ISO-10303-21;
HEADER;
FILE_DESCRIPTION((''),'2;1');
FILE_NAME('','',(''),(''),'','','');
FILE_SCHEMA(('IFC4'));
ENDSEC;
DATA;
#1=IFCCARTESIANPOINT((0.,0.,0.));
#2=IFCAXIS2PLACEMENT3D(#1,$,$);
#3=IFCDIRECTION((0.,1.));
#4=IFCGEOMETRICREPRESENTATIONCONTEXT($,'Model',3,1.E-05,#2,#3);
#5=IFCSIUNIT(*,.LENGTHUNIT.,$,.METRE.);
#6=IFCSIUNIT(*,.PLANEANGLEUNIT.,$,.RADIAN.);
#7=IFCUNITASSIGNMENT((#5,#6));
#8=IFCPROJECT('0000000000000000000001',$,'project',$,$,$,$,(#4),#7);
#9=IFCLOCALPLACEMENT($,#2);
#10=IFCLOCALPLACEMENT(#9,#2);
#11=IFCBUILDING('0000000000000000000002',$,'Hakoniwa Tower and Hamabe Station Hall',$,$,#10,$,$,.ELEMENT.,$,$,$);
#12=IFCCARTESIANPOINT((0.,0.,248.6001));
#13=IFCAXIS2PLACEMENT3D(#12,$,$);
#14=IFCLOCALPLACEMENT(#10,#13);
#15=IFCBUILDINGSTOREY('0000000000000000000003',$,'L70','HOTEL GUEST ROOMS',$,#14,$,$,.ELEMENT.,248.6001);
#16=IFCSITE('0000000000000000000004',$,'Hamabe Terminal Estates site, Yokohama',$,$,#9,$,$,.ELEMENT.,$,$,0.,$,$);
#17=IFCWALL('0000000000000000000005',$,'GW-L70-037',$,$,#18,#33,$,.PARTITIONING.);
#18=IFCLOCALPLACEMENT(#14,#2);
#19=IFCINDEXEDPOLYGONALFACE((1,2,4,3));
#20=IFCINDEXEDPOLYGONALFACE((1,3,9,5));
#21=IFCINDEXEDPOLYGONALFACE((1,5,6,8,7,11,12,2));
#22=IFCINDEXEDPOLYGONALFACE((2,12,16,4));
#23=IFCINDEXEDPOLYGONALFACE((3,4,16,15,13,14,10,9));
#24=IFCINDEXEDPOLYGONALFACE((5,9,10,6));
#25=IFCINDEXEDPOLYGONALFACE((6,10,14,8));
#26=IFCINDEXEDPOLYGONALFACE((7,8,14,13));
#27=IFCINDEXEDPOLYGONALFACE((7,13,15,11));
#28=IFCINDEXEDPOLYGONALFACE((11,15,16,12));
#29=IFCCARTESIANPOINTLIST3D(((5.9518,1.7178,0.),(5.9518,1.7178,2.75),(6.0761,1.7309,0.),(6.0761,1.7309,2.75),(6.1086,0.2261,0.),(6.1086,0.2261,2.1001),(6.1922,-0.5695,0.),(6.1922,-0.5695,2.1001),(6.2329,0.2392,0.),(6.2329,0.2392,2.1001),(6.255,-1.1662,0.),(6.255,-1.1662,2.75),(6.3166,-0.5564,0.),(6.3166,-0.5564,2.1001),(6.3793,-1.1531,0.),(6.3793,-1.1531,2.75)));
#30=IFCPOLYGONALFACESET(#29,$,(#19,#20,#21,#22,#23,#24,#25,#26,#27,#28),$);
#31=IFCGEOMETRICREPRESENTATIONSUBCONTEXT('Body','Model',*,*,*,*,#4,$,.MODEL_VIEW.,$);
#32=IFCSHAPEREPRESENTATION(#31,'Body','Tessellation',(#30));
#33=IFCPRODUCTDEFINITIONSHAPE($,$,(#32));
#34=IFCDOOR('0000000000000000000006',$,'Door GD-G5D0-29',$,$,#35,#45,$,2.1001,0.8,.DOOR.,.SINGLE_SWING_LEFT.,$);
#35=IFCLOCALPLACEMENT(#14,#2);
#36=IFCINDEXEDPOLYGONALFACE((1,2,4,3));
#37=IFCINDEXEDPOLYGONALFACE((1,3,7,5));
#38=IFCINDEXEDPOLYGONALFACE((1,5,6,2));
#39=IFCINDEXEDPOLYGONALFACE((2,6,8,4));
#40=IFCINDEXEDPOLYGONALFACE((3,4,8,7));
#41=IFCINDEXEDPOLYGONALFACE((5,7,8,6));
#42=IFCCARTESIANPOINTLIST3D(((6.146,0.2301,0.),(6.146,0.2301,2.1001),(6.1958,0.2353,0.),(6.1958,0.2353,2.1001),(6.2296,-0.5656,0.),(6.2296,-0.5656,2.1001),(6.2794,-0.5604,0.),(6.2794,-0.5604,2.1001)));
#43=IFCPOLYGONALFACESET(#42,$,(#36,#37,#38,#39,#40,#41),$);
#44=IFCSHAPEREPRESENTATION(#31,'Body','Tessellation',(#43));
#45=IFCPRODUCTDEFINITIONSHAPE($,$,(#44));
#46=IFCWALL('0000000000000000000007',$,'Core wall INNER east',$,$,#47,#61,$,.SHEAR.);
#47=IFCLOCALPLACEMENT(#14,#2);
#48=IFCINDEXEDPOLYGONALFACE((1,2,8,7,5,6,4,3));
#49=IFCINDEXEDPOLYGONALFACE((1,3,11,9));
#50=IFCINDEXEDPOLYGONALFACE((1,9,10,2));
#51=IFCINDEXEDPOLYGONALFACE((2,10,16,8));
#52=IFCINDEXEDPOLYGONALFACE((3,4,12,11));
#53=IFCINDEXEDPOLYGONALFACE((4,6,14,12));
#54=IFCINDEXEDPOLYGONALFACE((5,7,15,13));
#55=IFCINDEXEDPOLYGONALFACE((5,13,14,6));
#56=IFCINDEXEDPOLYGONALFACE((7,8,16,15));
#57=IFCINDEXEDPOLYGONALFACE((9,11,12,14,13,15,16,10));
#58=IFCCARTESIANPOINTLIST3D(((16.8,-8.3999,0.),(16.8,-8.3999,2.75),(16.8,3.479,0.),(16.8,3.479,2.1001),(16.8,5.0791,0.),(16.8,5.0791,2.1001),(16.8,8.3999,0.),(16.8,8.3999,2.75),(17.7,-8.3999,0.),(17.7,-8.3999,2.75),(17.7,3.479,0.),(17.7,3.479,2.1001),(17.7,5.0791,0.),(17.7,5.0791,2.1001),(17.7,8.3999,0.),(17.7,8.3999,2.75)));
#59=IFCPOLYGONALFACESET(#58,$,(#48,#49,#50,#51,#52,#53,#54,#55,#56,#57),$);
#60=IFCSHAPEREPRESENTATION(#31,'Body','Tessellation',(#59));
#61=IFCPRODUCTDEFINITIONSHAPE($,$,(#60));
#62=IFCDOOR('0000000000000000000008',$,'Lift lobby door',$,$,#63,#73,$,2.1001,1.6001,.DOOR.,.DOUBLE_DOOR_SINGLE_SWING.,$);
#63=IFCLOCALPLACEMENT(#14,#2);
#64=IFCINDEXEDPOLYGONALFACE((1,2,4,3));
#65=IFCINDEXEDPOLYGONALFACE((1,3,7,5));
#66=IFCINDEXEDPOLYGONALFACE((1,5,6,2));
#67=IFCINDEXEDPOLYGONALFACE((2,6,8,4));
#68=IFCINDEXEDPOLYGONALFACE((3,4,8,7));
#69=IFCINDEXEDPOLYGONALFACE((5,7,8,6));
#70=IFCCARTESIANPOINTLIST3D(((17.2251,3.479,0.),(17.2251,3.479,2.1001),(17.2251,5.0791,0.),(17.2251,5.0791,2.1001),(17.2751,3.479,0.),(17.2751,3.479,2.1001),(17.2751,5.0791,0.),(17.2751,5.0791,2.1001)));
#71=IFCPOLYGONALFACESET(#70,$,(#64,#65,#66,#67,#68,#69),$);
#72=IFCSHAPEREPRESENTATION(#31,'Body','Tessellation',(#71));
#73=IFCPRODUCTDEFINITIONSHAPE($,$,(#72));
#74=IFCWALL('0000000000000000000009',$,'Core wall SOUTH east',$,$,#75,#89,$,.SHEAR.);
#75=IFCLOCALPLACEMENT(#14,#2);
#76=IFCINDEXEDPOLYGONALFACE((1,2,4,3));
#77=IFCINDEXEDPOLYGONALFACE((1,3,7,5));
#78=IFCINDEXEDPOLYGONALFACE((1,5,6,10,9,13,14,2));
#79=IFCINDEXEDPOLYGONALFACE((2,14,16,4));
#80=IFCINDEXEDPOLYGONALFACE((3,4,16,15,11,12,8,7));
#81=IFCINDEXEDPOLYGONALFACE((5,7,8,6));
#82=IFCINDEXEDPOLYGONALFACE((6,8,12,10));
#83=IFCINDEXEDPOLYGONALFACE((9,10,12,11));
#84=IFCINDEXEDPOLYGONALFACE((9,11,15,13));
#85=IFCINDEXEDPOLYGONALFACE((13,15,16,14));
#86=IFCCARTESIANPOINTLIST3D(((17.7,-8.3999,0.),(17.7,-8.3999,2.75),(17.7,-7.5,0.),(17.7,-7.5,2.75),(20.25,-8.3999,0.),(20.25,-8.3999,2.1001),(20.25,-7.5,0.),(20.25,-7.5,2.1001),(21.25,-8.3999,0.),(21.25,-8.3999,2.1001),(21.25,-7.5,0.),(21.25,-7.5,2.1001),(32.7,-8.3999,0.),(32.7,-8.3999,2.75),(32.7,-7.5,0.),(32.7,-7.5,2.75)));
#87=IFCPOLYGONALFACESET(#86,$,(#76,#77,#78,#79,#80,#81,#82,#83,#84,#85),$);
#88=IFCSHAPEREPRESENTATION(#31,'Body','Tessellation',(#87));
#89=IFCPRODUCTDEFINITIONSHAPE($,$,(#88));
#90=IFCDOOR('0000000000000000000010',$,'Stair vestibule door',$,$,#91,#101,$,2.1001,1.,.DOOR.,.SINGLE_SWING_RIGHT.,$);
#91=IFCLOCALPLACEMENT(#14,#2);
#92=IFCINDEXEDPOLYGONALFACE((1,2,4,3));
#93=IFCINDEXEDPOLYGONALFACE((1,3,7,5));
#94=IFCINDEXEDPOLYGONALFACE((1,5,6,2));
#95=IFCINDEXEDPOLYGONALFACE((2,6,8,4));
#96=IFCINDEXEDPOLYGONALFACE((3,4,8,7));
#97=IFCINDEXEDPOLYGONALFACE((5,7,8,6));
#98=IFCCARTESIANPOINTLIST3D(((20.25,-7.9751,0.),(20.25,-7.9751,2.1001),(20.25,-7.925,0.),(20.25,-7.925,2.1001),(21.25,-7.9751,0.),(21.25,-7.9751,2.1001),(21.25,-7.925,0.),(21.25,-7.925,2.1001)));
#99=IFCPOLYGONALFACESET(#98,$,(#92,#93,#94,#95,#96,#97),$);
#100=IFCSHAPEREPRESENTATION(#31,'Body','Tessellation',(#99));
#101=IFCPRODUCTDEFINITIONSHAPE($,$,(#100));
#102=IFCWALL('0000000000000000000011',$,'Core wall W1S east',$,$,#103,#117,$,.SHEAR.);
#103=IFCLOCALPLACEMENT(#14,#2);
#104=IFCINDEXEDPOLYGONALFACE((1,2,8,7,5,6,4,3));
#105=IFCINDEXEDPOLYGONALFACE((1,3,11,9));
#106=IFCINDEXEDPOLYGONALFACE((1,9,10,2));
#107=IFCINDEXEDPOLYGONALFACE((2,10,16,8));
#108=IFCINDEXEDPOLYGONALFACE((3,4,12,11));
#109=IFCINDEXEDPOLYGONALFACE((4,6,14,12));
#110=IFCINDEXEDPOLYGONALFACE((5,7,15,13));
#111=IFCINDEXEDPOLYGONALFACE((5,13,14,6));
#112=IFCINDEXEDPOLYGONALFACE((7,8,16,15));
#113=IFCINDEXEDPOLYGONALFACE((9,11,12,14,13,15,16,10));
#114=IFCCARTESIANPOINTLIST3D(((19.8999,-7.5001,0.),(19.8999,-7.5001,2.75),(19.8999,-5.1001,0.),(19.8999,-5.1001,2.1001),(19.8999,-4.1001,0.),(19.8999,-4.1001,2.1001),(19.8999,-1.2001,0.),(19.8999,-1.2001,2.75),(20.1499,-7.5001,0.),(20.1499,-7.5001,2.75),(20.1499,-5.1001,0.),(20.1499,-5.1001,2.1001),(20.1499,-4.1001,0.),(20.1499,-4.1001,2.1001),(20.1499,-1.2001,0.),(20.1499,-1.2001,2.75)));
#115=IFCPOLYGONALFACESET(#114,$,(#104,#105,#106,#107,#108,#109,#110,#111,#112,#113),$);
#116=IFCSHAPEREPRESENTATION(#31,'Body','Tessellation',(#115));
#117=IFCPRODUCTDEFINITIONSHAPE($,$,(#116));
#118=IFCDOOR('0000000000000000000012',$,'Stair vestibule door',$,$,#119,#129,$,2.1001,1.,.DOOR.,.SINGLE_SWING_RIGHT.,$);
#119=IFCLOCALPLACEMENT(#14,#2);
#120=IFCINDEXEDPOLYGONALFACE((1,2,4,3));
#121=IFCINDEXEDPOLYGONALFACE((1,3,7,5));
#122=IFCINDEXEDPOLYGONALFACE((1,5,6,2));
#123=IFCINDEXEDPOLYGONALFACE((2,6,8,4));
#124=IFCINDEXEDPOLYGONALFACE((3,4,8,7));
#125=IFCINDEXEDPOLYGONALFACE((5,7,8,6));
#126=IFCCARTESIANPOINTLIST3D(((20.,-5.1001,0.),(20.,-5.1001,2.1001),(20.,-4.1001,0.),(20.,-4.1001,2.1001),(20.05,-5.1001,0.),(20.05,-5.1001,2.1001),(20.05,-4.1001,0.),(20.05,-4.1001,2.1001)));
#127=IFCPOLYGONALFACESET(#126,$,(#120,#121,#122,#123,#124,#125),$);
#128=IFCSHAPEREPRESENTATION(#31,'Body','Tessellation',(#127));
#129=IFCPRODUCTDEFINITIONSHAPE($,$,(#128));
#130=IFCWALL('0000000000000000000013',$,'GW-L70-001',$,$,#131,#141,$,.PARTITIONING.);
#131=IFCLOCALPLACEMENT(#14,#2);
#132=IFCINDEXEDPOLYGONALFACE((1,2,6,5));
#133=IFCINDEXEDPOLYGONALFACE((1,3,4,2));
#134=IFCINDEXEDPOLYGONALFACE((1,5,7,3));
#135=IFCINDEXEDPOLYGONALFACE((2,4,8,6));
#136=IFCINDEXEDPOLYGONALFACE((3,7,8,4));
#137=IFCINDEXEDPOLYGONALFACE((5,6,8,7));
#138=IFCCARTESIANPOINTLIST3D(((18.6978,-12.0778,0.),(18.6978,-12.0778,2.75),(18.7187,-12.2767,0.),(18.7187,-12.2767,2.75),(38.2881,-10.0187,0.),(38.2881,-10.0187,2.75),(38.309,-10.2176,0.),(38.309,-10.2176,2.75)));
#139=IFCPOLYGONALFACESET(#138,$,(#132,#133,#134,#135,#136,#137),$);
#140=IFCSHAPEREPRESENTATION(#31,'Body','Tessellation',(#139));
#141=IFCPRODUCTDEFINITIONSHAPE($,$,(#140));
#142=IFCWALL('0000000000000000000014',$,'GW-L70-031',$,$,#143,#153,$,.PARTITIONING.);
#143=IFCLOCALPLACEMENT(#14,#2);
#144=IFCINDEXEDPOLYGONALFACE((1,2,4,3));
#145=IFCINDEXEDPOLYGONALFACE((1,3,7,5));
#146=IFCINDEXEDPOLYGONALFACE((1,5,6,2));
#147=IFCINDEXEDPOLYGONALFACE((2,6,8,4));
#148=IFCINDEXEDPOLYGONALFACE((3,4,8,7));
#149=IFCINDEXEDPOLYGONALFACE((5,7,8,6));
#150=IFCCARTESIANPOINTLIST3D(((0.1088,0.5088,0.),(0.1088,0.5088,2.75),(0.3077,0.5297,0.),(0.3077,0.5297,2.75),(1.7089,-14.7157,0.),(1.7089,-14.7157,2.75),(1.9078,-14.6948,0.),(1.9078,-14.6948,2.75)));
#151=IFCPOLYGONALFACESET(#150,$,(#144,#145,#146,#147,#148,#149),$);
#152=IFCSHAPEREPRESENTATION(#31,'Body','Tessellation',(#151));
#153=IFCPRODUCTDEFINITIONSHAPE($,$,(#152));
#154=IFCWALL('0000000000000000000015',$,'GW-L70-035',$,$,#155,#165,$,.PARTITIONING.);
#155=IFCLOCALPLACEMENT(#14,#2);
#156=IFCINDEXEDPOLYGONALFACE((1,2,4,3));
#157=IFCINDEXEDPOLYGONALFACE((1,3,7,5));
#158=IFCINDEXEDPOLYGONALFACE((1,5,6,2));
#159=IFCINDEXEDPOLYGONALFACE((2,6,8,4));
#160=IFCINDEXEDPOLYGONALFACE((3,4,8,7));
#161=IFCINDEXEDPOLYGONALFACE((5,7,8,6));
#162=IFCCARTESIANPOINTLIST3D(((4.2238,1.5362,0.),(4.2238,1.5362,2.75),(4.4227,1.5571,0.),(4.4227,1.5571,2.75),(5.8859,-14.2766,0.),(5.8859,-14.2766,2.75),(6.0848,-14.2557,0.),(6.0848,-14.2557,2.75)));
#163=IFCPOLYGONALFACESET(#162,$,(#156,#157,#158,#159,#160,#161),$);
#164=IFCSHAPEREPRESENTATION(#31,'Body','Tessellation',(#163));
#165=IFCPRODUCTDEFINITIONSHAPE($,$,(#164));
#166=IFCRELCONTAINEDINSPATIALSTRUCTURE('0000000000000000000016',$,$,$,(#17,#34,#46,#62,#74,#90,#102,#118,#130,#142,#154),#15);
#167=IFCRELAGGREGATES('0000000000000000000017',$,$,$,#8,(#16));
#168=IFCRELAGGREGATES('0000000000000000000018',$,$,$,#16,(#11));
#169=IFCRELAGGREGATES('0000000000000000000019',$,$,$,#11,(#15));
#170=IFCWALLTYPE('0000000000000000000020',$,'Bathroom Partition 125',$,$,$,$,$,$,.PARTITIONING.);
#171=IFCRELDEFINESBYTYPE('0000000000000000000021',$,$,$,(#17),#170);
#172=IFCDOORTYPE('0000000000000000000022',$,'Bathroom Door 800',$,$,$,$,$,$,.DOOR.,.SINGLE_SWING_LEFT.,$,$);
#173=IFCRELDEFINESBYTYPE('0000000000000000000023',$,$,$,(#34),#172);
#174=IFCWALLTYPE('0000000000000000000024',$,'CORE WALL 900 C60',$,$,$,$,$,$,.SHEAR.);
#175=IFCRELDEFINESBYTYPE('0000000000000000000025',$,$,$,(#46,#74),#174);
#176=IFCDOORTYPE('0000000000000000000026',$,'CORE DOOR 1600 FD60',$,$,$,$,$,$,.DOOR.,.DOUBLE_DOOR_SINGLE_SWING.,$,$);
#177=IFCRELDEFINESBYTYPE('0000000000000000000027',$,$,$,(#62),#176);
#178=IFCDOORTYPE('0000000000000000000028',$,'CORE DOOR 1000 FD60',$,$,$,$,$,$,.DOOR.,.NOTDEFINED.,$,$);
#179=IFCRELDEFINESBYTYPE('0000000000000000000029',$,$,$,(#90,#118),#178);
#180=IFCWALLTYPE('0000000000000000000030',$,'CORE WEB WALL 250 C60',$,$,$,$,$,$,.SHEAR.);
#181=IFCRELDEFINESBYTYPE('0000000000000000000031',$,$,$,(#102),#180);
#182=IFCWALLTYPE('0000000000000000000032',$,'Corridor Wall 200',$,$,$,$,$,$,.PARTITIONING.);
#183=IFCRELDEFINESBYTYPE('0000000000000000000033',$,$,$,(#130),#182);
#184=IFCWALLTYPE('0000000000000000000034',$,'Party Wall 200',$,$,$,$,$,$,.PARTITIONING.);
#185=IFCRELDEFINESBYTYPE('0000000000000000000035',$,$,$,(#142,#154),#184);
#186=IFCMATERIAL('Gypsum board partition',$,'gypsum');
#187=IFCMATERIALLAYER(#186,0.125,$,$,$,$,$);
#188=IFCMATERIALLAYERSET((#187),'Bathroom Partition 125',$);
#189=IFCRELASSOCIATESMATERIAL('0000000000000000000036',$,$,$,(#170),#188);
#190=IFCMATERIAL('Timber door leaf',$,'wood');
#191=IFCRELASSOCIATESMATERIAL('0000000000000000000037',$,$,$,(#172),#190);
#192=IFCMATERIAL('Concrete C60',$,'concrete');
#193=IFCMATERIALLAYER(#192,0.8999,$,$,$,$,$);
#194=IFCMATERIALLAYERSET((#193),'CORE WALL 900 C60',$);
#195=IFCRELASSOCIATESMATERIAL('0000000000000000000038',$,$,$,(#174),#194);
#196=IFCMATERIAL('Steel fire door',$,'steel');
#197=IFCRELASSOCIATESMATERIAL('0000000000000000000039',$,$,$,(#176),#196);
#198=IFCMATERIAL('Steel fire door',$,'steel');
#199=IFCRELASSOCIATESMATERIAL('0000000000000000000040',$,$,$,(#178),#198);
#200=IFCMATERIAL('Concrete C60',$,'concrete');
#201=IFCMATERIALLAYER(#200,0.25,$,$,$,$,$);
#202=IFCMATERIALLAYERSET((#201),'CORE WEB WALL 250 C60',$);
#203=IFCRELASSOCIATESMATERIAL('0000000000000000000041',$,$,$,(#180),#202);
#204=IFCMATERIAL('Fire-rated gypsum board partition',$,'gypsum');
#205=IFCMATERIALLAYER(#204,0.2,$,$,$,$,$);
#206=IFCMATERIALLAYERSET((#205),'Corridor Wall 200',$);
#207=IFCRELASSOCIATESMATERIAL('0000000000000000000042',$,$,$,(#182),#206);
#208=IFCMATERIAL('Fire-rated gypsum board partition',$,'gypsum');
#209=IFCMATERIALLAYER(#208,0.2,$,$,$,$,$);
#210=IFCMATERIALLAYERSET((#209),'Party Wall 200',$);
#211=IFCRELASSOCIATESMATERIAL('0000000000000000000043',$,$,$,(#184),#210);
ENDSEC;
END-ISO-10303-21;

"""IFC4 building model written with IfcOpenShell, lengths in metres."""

from ifc_helpers import new_model, si_unit, direction, frame, frame_2d, origin, place, context, subcontext, project, spatial, rectangle, extrude, material, layer, layer_set, type_object, element, fill, save


model = new_model("IFC4")

# Units and contexts
model_context = context("Model", 3, precision=1e-05, world=origin(), true_north=direction((0.0, 1.0)))
body_context = subcontext(model_context, "Body", "Model", "MODEL_VIEW")
ifc_project = project(units=[si_unit("LENGTHUNIT", "METRE"), si_unit("PLANEANGLEUNIT", "RADIAN")], contexts=[model_context])

# Site, building, storey
site_placement = place(None, origin())
site = spatial("IfcSite", under=ifc_project, at=site_placement, Name="Hamabe Terminal Estates site, Yokohama", CompositionType="ELEMENT", RefElevation=0.0)
building_placement = place(site_placement, origin())
building = spatial("IfcBuilding", under=site, at=building_placement, Name="Hakoniwa Tower and Hamabe Station Hall", CompositionType="ELEMENT")
storey_placement = place(building_placement, frame((0.0, 0.0, 248.6001)))
storey = spatial("IfcBuildingStorey", under=building, at=storey_placement, Name="L70", Description="HOTEL GUEST ROOMS", CompositionType="ELEMENT", Elevation=248.6001)

# Shared definitions
ifc_material_1 = material(Name="Gypsum board partition", Category="gypsum")
ifc_layer_1 = layer(ifc_material_1, 0.125)
ifc_layer_set_1 = layer_set([ifc_layer_1], Name="Bathroom Partition 125")
wall_type_1 = type_object("IfcWallType", Name="Bathroom Partition 125", PredefinedType="PARTITIONING", material=ifc_layer_set_1)

# Walls, openings, doors
ifc_material_2 = material(Name="Timber door leaf", Category="wood")
door_type_1 = type_object("IfcDoorType", Name="Bathroom Door 800", OperationType="SINGLE_SWING_LEFT", PredefinedType="DOOR", material=ifc_material_2)
wall_1_placement = place(storey_placement, frame((6.3171, -1.1597, 0.0), z_axis=(0.0, 0.0, 1.0), x_axis=(-0.104562, 0.994518, 0.0)))
wall_1 = element("IfcWall", 1, at=wall_1_placement, inside=storey, type_object=wall_type_1, Name="GW-L70-037", PredefinedType="PARTITIONING", context=body_context, shape_type="SweptSolid", body=[
    extrude(rectangle(XDim=2.8999, YDim=0.125, at=frame_2d((1.45, 0.0))), origin(), (0.0, 0.0, 1.0), 2.75),
])
opening_1_placement = place(wall_1_placement, frame((0.6001, 0.0, 0.0)))
opening_1 = element("IfcOpeningElement", 2, at=opening_1_placement, cuts=wall_1, PredefinedType="OPENING", context=body_context, shape_type="SweptSolid", body=[
    extrude(rectangle(XDim=0.8, YDim=2.1001, at=frame_2d((0.3999, 1.05))), frame((0.0, 0.0725, 0.0), z_axis=(0.0, -1.0, 0.0), x_axis=(1.0, 0.0, 0.0)), (0.0, 0.0, 1.0), 0.145),
])
door_1_placement = place(opening_1_placement, origin())
door_1 = element("IfcDoor", 3, at=door_1_placement, inside=storey, type_object=door_type_1, Name="Door GD-G5D0-29", OperationType="SINGLE_SWING_LEFT", OverallHeight=2.1001, OverallWidth=0.8, PredefinedType="DOOR", context=body_context, shape_type="SweptSolid", body=[
    extrude(rectangle(XDim=0.8, YDim=2.1001, at=frame_2d((0.3999, 1.05))), frame((0.0, 0.0249, 0.0), z_axis=(0.0, -1.0, 0.0), x_axis=(1.0, 0.0, 0.0)), (0.0, 0.0, 1.0), 0.05),
])
fill(opening_1, door_1)
ifc_material_3 = material(Name="Concrete C60", Category="concrete")
ifc_layer_2 = layer(ifc_material_3, 0.8999)
ifc_layer_set_2 = layer_set([ifc_layer_2], Name="CORE WALL 900 C60")
wall_type_2 = type_object("IfcWallType", Name="CORE WALL 900 C60", PredefinedType="SHEAR", material=ifc_layer_set_2)
wall_2_placement = place(storey_placement, frame((17.25, -8.3999, 0.0), z_axis=(0.0, 0.0, 1.0), x_axis=(0.0, 1.0, 0.0)))
wall_2 = element("IfcWall", 4, at=wall_2_placement, inside=storey, type_object=wall_type_2, Name="Core wall INNER east", PredefinedType="SHEAR", context=body_context, shape_type="SweptSolid", body=[
    extrude(rectangle(XDim=16.7998, YDim=0.8999, at=frame_2d((8.3999, 0.0))), origin(), (0.0, 0.0, 1.0), 2.75),
])
opening_2_placement = place(wall_2_placement, frame((11.8789, 0.0, 0.0)))
opening_2 = element("IfcOpeningElement", 5, at=opening_2_placement, cuts=wall_2, PredefinedType="OPENING", context=body_context, shape_type="SweptSolid", body=[
    extrude(rectangle(XDim=1.6001, YDim=2.1001, at=frame_2d((0.8, 1.05))), frame((0.0, 0.46, 0.0), z_axis=(0.0, -1.0, 0.0), x_axis=(1.0, 0.0, 0.0)), (0.0, 0.0, 1.0), 0.9199),
])
ifc_material_4 = material(Name="Steel fire door", Category="steel")
door_type_2 = type_object("IfcDoorType", Name="CORE DOOR 1600 FD60", OperationType="DOUBLE_DOOR_SINGLE_SWING", PredefinedType="DOOR", material=ifc_material_4)
door_2_placement = place(opening_2_placement, origin())
door_2 = element("IfcDoor", 6, at=door_2_placement, inside=storey, type_object=door_type_2, Name="Lift lobby door", OperationType="DOUBLE_DOOR_SINGLE_SWING", OverallHeight=2.1001, OverallWidth=1.6001, PredefinedType="DOOR", context=body_context, shape_type="SweptSolid", body=[
    extrude(rectangle(XDim=1.6001, YDim=2.1001, at=frame_2d((0.8, 1.05))), frame((0.0, 0.0249, 0.0), z_axis=(0.0, -1.0, 0.0), x_axis=(1.0, 0.0, 0.0)), (0.0, 0.0, 1.0), 0.05),
])
fill(opening_2, door_2)
wall_3_placement = place(storey_placement, frame((17.7, -7.95, 0.0), z_axis=(0.0, 0.0, 1.0), x_axis=(1.0, 0.0, 0.0)))
wall_3 = element("IfcWall", 7, at=wall_3_placement, inside=storey, type_object=wall_type_2, Name="Core wall SOUTH east", PredefinedType="SHEAR", context=body_context, shape_type="SweptSolid", body=[
    extrude(rectangle(XDim=15.0, YDim=0.8999, at=frame_2d((7.5, 0.0))), origin(), (0.0, 0.0, 1.0), 2.75),
])
opening_3_placement = place(wall_3_placement, frame((2.55, 0.0, 0.0)))
opening_3 = element("IfcOpeningElement", 8, at=opening_3_placement, cuts=wall_3, PredefinedType="OPENING", context=body_context, shape_type="SweptSolid", body=[
    extrude(rectangle(XDim=1.0, YDim=2.1001, at=frame_2d((0.5, 1.05))), frame((0.0, 0.46, 0.0), z_axis=(0.0, -1.0, 0.0), x_axis=(1.0, 0.0, 0.0)), (0.0, 0.0, 1.0), 0.9199),
])
ifc_material_5 = material(Name="Steel fire door", Category="steel")
door_type_3 = type_object("IfcDoorType", Name="CORE DOOR 1000 FD60", OperationType="NOTDEFINED", PredefinedType="DOOR", material=ifc_material_5)
door_3_placement = place(opening_3_placement, origin())
door_3 = element("IfcDoor", 9, at=door_3_placement, inside=storey, type_object=door_type_3, Name="Stair vestibule door", OperationType="SINGLE_SWING_RIGHT", OverallHeight=2.1001, OverallWidth=1.0, PredefinedType="DOOR", context=body_context, shape_type="SweptSolid", body=[
    extrude(rectangle(XDim=1.0, YDim=2.1001, at=frame_2d((0.5, 1.05))), frame((0.0, 0.0249, 0.0), z_axis=(0.0, -1.0, 0.0), x_axis=(1.0, 0.0, 0.0)), (0.0, 0.0, 1.0), 0.05),
])
fill(opening_3, door_3)
ifc_material_6 = material(Name="Concrete C60", Category="concrete")
ifc_layer_3 = layer(ifc_material_6, 0.25)
ifc_layer_set_3 = layer_set([ifc_layer_3], Name="CORE WEB WALL 250 C60")
wall_type_3 = type_object("IfcWallType", Name="CORE WEB WALL 250 C60", PredefinedType="SHEAR", material=ifc_layer_set_3)
wall_4_placement = place(storey_placement, frame((20.0249, -7.5, 0.0), z_axis=(0.0, 0.0, 1.0), x_axis=(0.0, 1.0, 0.0)))
wall_4 = element("IfcWall", 10, at=wall_4_placement, inside=storey, type_object=wall_type_3, Name="Core wall W1S east", PredefinedType="SHEAR", context=body_context, shape_type="SweptSolid", body=[
    extrude(rectangle(XDim=6.3, YDim=0.25, at=frame_2d((3.1499, 0.0))), origin(), (0.0, 0.0, 1.0), 2.75),
])
opening_4_placement = place(wall_4_placement, frame((2.3999, 0.0, 0.0)))
opening_4 = element("IfcOpeningElement", 11, at=opening_4_placement, cuts=wall_4, PredefinedType="OPENING", context=body_context, shape_type="SweptSolid", body=[
    extrude(rectangle(XDim=1.0, YDim=2.1001, at=frame_2d((0.5, 1.05))), frame((0.0, 0.135, 0.0), z_axis=(0.0, -1.0, 0.0), x_axis=(1.0, 0.0, 0.0)), (0.0, 0.0, 1.0), 0.27),
])
door_4_placement = place(opening_4_placement, origin())
door_4 = element("IfcDoor", 12, at=door_4_placement, inside=storey, type_object=door_type_3, Name="Stair vestibule door", OperationType="SINGLE_SWING_RIGHT", OverallHeight=2.1001, OverallWidth=1.0, PredefinedType="DOOR", context=body_context, shape_type="SweptSolid", body=[
    extrude(rectangle(XDim=1.0, YDim=2.1001, at=frame_2d((0.5, 1.05))), frame((0.0, 0.0249, 0.0), z_axis=(0.0, -1.0, 0.0), x_axis=(1.0, 0.0, 0.0)), (0.0, 0.0, 1.0), 0.05),
])
fill(opening_4, door_4)

# Walls
ifc_material_7 = material(Name="Fire-rated gypsum board partition", Category="gypsum")
ifc_layer_4 = layer(ifc_material_7, 0.2)
ifc_layer_set_4 = layer_set([ifc_layer_4], Name="Corridor Wall 200")
wall_type_4 = type_object("IfcWallType", Name="Corridor Wall 200", PredefinedType="PARTITIONING", material=ifc_layer_set_4)
wall_5_placement = place(storey_placement, frame((18.7083, -12.1772, 0.0), z_axis=(0.0, 0.0, 1.0), x_axis=(0.994522, 0.104531, 0.0)))
element("IfcWall", 13, at=wall_5_placement, inside=storey, type_object=wall_type_4, Name="GW-L70-001", PredefinedType="PARTITIONING", context=body_context, shape_type="SweptSolid", body=[
    extrude(rectangle(XDim=19.6982, YDim=0.2, at=frame_2d((9.8491, 0.0))), origin(), (0.0, 0.0, 1.0), 2.75),
])
ifc_material_8 = material(Name="Fire-rated gypsum board partition", Category="gypsum")
ifc_layer_5 = layer(ifc_material_8, 0.2)
ifc_layer_set_5 = layer_set([ifc_layer_5], Name="Party Wall 200")
wall_type_5 = type_object("IfcWallType", Name="Party Wall 200", PredefinedType="PARTITIONING", material=ifc_layer_set_5)
wall_6_placement = place(storey_placement, frame((1.8083, -14.7053, 0.0), z_axis=(0.0, 0.0, 1.0), x_axis=(-0.104524, 0.994522, 0.0)))
element("IfcWall", 14, at=wall_6_placement, inside=storey, type_object=wall_type_5, Name="GW-L70-031", PredefinedType="PARTITIONING", context=body_context, shape_type="SweptSolid", body=[
    extrude(rectangle(XDim=15.3083, YDim=0.2, at=frame_2d((7.6543, 0.0))), origin(), (0.0, 0.0, 1.0), 2.75),
])
wall_7_placement = place(storey_placement, frame((5.9854, -14.2661, 0.0), z_axis=(0.0, 0.0, 1.0), x_axis=(-0.104536, 0.994521, 0.0)))
element("IfcWall", 15, at=wall_7_placement, inside=storey, type_object=wall_type_5, Name="GW-L70-035", PredefinedType="PARTITIONING", context=body_context, shape_type="SweptSolid", body=[
    extrude(rectangle(XDim=15.8999, YDim=0.2, at=frame_2d((7.95, 0.0))), origin(), (0.0, 0.0, 1.0), 2.75),
])

save(model, "model.ifc")
